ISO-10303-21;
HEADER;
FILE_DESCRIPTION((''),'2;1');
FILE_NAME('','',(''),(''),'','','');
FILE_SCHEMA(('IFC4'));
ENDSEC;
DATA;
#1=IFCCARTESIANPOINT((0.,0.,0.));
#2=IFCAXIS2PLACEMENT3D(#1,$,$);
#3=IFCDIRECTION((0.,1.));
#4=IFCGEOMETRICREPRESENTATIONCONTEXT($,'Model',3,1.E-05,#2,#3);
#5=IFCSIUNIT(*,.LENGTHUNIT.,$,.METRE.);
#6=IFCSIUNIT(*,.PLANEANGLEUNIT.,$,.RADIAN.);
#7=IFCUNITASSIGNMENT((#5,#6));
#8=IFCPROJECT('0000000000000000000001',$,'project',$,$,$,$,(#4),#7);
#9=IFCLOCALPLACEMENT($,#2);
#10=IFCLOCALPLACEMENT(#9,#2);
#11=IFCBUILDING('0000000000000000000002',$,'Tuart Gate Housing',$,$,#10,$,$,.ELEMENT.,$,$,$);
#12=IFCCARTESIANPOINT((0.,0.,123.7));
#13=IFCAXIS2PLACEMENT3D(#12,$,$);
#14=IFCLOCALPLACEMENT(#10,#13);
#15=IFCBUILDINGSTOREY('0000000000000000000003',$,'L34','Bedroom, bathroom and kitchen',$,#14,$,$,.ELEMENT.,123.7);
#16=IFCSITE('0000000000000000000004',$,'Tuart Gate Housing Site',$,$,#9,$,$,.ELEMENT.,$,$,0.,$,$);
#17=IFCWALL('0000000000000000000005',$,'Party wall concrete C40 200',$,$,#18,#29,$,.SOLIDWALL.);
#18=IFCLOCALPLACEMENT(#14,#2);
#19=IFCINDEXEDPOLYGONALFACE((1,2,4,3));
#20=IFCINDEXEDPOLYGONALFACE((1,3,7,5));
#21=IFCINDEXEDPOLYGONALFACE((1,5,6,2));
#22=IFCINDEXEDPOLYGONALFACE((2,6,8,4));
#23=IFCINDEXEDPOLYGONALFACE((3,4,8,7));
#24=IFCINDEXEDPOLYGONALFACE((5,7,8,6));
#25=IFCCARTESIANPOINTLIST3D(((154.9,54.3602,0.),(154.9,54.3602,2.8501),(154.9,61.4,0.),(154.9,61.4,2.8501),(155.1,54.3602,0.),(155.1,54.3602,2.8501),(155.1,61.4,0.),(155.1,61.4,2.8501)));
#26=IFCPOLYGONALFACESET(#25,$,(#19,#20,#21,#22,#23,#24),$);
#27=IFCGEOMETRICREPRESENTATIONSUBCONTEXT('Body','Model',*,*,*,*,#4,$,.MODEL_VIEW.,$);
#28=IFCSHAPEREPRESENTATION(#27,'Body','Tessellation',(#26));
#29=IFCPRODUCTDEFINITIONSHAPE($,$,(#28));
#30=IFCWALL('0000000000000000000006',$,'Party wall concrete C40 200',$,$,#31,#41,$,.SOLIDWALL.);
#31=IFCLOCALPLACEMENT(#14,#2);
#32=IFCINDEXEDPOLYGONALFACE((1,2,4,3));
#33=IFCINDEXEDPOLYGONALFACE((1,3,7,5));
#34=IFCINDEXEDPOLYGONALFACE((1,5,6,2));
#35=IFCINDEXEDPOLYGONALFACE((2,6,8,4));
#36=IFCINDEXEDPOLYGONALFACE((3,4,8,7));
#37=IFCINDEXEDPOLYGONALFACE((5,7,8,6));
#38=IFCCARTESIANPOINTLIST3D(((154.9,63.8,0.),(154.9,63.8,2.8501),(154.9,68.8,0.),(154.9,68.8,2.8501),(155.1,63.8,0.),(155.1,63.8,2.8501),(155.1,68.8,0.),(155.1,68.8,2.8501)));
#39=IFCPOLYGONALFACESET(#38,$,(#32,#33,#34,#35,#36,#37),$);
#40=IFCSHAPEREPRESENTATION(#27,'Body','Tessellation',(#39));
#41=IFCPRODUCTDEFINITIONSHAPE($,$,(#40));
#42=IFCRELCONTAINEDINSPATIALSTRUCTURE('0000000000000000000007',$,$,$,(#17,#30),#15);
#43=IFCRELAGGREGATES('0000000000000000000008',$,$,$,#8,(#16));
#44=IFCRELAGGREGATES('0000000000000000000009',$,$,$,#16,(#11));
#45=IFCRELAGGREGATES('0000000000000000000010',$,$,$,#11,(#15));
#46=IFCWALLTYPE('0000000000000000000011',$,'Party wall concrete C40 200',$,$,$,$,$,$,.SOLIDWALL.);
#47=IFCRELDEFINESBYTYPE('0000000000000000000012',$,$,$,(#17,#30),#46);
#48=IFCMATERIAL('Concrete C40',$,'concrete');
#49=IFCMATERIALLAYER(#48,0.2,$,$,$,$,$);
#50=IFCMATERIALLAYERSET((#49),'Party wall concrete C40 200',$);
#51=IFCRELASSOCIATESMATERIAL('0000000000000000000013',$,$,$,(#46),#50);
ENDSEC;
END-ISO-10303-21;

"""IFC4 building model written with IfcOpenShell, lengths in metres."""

from ifc_helpers import new_model, si_unit, direction, frame, frame_2d, origin, place, context, subcontext, project, spatial, rectangle, extrude, material, layer, layer_set, type_object, element, save


model = new_model("IFC4")

# Units and contexts
model_context = context("Model", 3, precision=1e-05, world=origin(), true_north=direction((0.0, 1.0)))
body_context = subcontext(model_context, "Body", "Model", "MODEL_VIEW")
ifc_project = project(units=[si_unit("LENGTHUNIT", "METRE"), si_unit("PLANEANGLEUNIT", "RADIAN")], contexts=[model_context])

# Site, building, storey
site_placement = place(None, origin())
site = spatial("IfcSite", under=ifc_project, at=site_placement, Name="Tuart Gate Housing Site", CompositionType="ELEMENT", RefElevation=0.0)
building_placement = place(site_placement, origin())
building = spatial("IfcBuilding", under=site, at=building_placement, Name="Tuart Gate Housing", CompositionType="ELEMENT")
storey_placement = place(building_placement, frame((0.0, 0.0, 123.7)))
storey = spatial("IfcBuildingStorey", under=building, at=storey_placement, Name="L34", Description="Bedroom, bathroom and kitchen", CompositionType="ELEMENT", Elevation=123.7)

# Walls
ifc_material_1 = material(Name="Concrete C40", Category="concrete")
ifc_layer_1 = layer(ifc_material_1, 0.2)
ifc_layer_set_1 = layer_set([ifc_layer_1], Name="Party wall concrete C40 200")
wall_type_1 = type_object("IfcWallType", Name="Party wall concrete C40 200", PredefinedType="SOLIDWALL", material=ifc_layer_set_1)
wall_1_placement = place(storey_placement, frame((155.0, 54.3601, 0.0), z_axis=(0.0, 0.0, 1.0), x_axis=(0.0, 1.0, 0.0)))
element("IfcWall", 1, at=wall_1_placement, inside=storey, type_object=wall_type_1, Name="Party wall concrete C40 200", PredefinedType="SOLIDWALL", context=body_context, shape_type="SweptSolid", body=[
    extrude(rectangle(XDim=7.0398, YDim=0.2, at=frame_2d((3.52, 0.0))), origin(), (0.0, 0.0, 1.0), 2.8501),
])
wall_2_placement = place(storey_placement, frame((155.0, 63.8, 0.0), z_axis=(0.0, 0.0, 1.0), x_axis=(0.0, 1.0, 0.0)))
element("IfcWall", 2, at=wall_2_placement, inside=storey, type_object=wall_type_1, Name="Party wall concrete C40 200", PredefinedType="SOLIDWALL", context=body_context, shape_type="SweptSolid", body=[
    extrude(rectangle(XDim=5.0, YDim=0.2, at=frame_2d((2.5, 0.0))), origin(), (0.0, 0.0, 1.0), 2.8501),
])

save(model, "model.ifc")
